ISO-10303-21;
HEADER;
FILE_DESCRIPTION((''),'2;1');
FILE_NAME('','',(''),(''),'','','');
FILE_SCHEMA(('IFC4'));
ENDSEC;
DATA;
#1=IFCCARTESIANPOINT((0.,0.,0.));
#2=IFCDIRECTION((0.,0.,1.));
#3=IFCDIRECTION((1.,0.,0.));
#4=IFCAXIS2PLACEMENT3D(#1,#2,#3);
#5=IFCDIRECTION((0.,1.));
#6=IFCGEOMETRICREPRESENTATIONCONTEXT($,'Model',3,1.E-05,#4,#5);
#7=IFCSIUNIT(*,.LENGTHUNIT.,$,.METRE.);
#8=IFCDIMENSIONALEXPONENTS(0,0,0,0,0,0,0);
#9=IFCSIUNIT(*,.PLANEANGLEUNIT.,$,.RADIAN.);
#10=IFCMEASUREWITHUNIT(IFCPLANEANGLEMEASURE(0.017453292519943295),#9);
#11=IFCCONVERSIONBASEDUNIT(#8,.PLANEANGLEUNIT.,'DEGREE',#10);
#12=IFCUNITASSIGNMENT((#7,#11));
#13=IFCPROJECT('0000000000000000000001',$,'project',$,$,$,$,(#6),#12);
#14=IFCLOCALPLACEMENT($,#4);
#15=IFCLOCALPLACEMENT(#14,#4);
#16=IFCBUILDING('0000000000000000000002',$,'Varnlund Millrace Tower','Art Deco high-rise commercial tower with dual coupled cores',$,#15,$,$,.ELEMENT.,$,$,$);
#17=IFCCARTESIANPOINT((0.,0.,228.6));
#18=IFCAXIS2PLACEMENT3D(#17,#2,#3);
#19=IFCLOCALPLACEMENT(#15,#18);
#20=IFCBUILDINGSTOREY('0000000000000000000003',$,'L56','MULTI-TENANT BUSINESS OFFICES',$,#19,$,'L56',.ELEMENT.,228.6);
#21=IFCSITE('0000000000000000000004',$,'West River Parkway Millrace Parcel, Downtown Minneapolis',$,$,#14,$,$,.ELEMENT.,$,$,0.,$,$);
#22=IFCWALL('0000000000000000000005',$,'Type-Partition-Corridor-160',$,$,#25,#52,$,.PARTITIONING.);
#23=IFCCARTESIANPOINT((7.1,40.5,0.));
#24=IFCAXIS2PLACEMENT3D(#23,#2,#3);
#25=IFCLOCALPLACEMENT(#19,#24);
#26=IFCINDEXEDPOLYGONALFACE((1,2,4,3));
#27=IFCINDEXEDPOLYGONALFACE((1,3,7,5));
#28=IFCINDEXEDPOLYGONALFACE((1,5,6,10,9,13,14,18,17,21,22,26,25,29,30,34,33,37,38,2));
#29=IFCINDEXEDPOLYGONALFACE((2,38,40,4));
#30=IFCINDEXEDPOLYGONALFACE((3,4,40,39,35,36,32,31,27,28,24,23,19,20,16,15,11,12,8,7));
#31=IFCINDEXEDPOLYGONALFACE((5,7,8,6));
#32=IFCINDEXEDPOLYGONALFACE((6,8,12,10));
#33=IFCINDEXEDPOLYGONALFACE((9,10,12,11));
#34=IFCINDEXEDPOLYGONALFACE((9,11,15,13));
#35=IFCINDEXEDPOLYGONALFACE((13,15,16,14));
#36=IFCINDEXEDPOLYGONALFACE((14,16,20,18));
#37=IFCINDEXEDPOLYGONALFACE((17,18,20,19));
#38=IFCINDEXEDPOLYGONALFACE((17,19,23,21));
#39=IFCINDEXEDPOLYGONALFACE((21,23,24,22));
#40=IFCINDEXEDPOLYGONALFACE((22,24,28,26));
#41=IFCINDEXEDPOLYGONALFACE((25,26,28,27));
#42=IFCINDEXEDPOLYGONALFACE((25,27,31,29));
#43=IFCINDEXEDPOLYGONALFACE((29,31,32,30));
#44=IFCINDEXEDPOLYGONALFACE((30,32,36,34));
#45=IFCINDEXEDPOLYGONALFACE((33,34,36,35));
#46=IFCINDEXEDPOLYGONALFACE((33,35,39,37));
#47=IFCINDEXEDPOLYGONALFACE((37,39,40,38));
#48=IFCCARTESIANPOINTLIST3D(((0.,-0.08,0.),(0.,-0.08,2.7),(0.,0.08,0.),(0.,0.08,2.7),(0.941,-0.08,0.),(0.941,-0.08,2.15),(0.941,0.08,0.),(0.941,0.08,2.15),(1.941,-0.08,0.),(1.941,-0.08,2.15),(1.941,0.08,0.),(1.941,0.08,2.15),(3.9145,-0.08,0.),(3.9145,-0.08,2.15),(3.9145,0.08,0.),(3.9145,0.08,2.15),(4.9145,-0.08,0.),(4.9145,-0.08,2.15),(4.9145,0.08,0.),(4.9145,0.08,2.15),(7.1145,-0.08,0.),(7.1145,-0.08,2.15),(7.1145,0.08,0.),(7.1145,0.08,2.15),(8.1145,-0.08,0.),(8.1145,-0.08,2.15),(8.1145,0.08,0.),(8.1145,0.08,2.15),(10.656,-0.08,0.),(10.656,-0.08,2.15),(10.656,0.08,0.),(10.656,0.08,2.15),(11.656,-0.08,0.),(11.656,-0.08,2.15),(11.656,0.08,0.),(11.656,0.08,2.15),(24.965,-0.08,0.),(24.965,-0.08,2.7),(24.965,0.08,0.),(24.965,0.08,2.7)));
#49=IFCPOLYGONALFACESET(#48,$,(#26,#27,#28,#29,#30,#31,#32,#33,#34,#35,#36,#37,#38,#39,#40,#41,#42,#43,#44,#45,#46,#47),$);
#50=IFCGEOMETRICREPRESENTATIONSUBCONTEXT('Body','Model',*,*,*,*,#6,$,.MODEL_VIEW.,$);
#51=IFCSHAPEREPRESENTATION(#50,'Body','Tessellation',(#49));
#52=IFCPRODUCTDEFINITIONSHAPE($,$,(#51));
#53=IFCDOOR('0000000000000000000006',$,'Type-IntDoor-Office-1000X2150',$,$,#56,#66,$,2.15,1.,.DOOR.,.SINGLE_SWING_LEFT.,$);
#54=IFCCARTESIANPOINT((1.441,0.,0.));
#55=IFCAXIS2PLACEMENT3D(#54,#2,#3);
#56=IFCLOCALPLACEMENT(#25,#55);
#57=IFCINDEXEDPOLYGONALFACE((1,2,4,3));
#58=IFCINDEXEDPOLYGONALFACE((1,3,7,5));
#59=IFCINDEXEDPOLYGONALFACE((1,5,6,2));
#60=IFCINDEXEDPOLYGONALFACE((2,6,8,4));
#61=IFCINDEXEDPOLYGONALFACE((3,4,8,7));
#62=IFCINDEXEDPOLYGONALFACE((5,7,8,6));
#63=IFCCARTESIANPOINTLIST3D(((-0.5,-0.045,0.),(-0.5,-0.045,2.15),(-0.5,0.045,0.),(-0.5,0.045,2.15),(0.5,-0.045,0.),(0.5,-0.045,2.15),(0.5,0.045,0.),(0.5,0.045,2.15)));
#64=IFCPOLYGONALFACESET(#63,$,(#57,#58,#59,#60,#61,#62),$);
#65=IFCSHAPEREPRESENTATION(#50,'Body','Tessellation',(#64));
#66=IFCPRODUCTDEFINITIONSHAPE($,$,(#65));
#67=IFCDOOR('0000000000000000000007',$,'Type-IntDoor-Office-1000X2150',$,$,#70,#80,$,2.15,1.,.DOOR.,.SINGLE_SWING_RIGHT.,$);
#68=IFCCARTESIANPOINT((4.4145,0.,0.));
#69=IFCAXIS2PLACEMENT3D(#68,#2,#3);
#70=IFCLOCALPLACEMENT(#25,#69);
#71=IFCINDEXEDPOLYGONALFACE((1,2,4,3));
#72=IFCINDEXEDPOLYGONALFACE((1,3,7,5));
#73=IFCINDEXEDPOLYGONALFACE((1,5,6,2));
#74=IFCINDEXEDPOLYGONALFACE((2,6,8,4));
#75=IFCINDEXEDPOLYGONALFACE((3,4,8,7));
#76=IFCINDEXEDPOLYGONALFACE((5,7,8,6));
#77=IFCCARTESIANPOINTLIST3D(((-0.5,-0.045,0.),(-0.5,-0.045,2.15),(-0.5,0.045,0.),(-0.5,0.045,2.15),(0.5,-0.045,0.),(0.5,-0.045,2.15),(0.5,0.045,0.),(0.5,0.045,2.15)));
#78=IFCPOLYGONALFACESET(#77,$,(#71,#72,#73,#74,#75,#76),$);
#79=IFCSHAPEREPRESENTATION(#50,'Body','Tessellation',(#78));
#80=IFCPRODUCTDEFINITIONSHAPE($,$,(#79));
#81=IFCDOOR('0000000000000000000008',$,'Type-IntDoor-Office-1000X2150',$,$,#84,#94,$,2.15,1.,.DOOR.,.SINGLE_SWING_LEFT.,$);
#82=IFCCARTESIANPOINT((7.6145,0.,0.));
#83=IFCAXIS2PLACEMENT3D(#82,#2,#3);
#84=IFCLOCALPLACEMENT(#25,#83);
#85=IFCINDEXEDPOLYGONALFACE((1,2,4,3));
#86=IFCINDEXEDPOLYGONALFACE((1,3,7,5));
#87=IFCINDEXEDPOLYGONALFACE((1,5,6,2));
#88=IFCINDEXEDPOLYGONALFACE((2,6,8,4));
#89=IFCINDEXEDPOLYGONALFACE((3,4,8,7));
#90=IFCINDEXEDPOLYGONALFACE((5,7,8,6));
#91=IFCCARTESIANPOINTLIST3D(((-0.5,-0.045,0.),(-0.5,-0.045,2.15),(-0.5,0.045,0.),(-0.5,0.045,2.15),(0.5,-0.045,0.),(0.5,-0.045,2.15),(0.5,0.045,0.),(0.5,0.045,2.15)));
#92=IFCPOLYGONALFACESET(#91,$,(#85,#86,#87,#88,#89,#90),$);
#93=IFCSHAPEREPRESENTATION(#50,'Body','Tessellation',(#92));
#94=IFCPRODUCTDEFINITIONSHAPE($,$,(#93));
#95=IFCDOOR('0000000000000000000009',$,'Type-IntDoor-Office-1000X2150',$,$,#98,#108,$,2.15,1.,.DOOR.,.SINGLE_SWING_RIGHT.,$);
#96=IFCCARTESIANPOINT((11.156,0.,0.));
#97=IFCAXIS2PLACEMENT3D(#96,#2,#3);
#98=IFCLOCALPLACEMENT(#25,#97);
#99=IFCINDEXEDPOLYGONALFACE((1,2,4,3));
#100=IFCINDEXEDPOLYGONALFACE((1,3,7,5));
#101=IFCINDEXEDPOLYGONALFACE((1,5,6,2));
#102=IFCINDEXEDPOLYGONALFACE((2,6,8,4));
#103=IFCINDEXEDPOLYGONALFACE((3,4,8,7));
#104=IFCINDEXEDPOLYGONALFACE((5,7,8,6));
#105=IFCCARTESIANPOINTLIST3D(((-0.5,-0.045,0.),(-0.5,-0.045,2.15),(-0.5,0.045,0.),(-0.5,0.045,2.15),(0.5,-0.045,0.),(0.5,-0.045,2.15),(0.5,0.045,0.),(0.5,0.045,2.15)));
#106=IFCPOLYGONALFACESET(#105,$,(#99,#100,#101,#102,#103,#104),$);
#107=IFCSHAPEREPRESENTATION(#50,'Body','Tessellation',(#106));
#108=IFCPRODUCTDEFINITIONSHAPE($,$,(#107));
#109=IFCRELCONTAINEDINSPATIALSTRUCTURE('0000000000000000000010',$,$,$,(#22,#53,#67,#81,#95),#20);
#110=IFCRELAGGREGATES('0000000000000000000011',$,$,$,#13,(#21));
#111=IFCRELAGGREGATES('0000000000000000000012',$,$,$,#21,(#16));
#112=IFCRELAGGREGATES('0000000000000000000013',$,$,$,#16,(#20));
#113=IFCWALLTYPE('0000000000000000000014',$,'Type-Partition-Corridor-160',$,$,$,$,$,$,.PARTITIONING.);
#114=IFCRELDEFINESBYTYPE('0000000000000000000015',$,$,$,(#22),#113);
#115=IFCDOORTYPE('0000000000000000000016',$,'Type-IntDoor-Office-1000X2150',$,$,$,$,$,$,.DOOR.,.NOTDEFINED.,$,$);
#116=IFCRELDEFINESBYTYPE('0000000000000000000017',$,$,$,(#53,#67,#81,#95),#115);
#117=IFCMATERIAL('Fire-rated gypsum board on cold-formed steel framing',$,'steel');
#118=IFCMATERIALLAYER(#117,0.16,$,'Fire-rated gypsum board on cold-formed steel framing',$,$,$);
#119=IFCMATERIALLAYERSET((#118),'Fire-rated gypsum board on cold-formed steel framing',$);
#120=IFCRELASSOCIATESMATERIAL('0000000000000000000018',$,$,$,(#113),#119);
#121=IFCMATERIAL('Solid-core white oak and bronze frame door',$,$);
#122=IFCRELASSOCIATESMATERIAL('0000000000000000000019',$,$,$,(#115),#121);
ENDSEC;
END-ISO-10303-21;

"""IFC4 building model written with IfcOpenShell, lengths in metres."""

from ifc_helpers import new_model, entity, si_unit, converted_unit, direction, frame, origin_with_axes, origin_2d_with_axis, place, context, subcontext, project, spatial, polyline, rectangle, outline, extrude, material, layer, layer_set, type_object, element, fill, save


model = new_model("IFC4")

# Units and contexts
model_context = context("Model", 3, precision=1e-05, world=origin_with_axes(), true_north=direction((0.0, 1.0)))
body_context = subcontext(model_context, "Body", "Model", "MODEL_VIEW")
ifc_project = project(units=[si_unit("LENGTHUNIT", "METRE"), converted_unit("PLANEANGLEUNIT", "DEGREE", entity("IfcPlaneAngleMeasure", 0.017453292519943295), si_unit("PLANEANGLEUNIT", "RADIAN"), dimensions=[0, 0, 0, 0, 0, 0, 0])], contexts=[model_context])

# Site, building, storey
site_placement = place(None, origin_with_axes())
site = spatial("IfcSite", under=ifc_project, at=site_placement, Name="West River Parkway Millrace Parcel, Downtown Minneapolis", CompositionType="ELEMENT", RefElevation=0.0)
building_placement = place(site_placement, origin_with_axes())
building = spatial("IfcBuilding", under=site, at=building_placement, Name="Varnlund Millrace Tower", Description="Art Deco high-rise commercial tower with dual coupled cores", CompositionType="ELEMENT")
storey_placement = place(building_placement, frame((0.0, 0.0, 228.6), z_axis=(0.0, 0.0, 1.0), x_axis=(1.0, 0.0, 0.0)))
storey = spatial("IfcBuildingStorey", under=building, at=storey_placement, Name="L56", Description="MULTI-TENANT BUSINESS OFFICES", LongName="L56", CompositionType="ELEMENT", Elevation=228.6)

# Wall, openings, doors
ifc_material_1 = material(Name="Fire-rated gypsum board on cold-formed steel framing", Category="steel")
ifc_layer_1 = layer(ifc_material_1, 0.16, Name="Fire-rated gypsum board on cold-formed steel framing")
ifc_layer_set_1 = layer_set([ifc_layer_1], Name="Fire-rated gypsum board on cold-formed steel framing")
wall_type_1 = type_object("IfcWallType", Name="Type-Partition-Corridor-160", PredefinedType="PARTITIONING", material=ifc_layer_set_1)
wall_1_placement = place(storey_placement, frame((7.1, 40.5, 0.0), z_axis=(0.0, 0.0, 1.0), x_axis=(1.0, 0.0, 0.0)))
wall_1 = element("IfcWall", 1, at=wall_1_placement, inside=storey, type_object=wall_type_1, Name="Type-Partition-Corridor-160", PredefinedType="PARTITIONING", context=body_context, shape_type="SweptSolid", body=[
    extrude(outline(polyline([(0.0, -0.08), (24.965, -0.08), (24.965, 0.08), (0.0, 0.08), (0.0, -0.08)])), origin_with_axes(), (0.0, 0.0, 1.0), 2.7),
])
opening_1_placement = place(wall_1_placement, frame((1.441, 0.0, 0.0), z_axis=(0.0, 0.0, 1.0), x_axis=(1.0, 0.0, 0.0)))
opening_1 = element("IfcOpeningElement", 2, at=opening_1_placement, cuts=wall_1, PredefinedType="OPENING", context=body_context, shape_type="SweptSolid", body=[
    extrude(rectangle(XDim=1.0, YDim=0.18, at=origin_2d_with_axis()), origin_with_axes(), (0.0, 0.0, 1.0), 2.15),
])
opening_2_placement = place(wall_1_placement, frame((4.4145, 0.0, 0.0), z_axis=(0.0, 0.0, 1.0), x_axis=(1.0, 0.0, 0.0)))
opening_2 = element("IfcOpeningElement", 3, at=opening_2_placement, cuts=wall_1, PredefinedType="OPENING", context=body_context, shape_type="SweptSolid", body=[
    extrude(rectangle(XDim=1.0, YDim=0.18, at=origin_2d_with_axis()), origin_with_axes(), (0.0, 0.0, 1.0), 2.15),
])
opening_3_placement = place(wall_1_placement, frame((7.6145, 0.0, 0.0), z_axis=(0.0, 0.0, 1.0), x_axis=(1.0, 0.0, 0.0)))
opening_3 = element("IfcOpeningElement", 4, at=opening_3_placement, cuts=wall_1, PredefinedType="OPENING", context=body_context, shape_type="SweptSolid", body=[
    extrude(rectangle(XDim=1.0, YDim=0.18, at=origin_2d_with_axis()), origin_with_axes(), (0.0, 0.0, 1.0), 2.15),
])
opening_4_placement = place(wall_1_placement, frame((11.156, 0.0, 0.0), z_axis=(0.0, 0.0, 1.0), x_axis=(1.0, 0.0, 0.0)))
opening_4 = element("IfcOpeningElement", 5, at=opening_4_placement, cuts=wall_1, PredefinedType="OPENING", context=body_context, shape_type="SweptSolid", body=[
    extrude(rectangle(XDim=1.0, YDim=0.18, at=origin_2d_with_axis()), origin_with_axes(), (0.0, 0.0, 1.0), 2.15),
])
ifc_material_2 = material(Name="Solid-core white oak and bronze frame door")
door_type_1 = type_object("IfcDoorType", Name="Type-IntDoor-Office-1000X2150", OperationType="NOTDEFINED", PredefinedType="DOOR", material=ifc_material_2)
door_1_placement = place(wall_1_placement, frame((1.441, 0.0, 0.0), z_axis=(0.0, 0.0, 1.0), x_axis=(1.0, 0.0, 0.0)))
door_1 = element("IfcDoor", 6, at=door_1_placement, inside=storey, type_object=door_type_1, Name="Type-IntDoor-Office-1000X2150", OperationType="SINGLE_SWING_LEFT", OverallHeight=2.15, OverallWidth=1.0, PredefinedType="DOOR", context=body_context, shape_type="SweptSolid", body=[
    extrude(rectangle(XDim=1.0, YDim=0.09, at=origin_2d_with_axis()), origin_with_axes(), (0.0, 0.0, 1.0), 2.15),
])
fill(opening_1, door_1)
door_2_placement = place(wall_1_placement, frame((4.4145, 0.0, 0.0), z_axis=(0.0, 0.0, 1.0), x_axis=(1.0, 0.0, 0.0)))
door_2 = element("IfcDoor", 7, at=door_2_placement, inside=storey, type_object=door_type_1, Name="Type-IntDoor-Office-1000X2150", OperationType="SINGLE_SWING_RIGHT", OverallHeight=2.15, OverallWidth=1.0, PredefinedType="DOOR", context=body_context, shape_type="SweptSolid", body=[
    extrude(rectangle(XDim=1.0, YDim=0.09, at=origin_2d_with_axis()), origin_with_axes(), (0.0, 0.0, 1.0), 2.15),
])
fill(opening_2, door_2)
door_3_placement = place(wall_1_placement, frame((7.6145, 0.0, 0.0), z_axis=(0.0, 0.0, 1.0), x_axis=(1.0, 0.0, 0.0)))
door_3 = element("IfcDoor", 8, at=door_3_placement, inside=storey, type_object=door_type_1, Name="Type-IntDoor-Office-1000X2150", OperationType="SINGLE_SWING_LEFT", OverallHeight=2.15, OverallWidth=1.0, PredefinedType="DOOR", context=body_context, shape_type="SweptSolid", body=[
    extrude(rectangle(XDim=1.0, YDim=0.09, at=origin_2d_with_axis()), origin_with_axes(), (0.0, 0.0, 1.0), 2.15),
])
fill(opening_3, door_3)
door_4_placement = place(wall_1_placement, frame((11.156, 0.0, 0.0), z_axis=(0.0, 0.0, 1.0), x_axis=(1.0, 0.0, 0.0)))
door_4 = element("IfcDoor", 9, at=door_4_placement, inside=storey, type_object=door_type_1, Name="Type-IntDoor-Office-1000X2150", OperationType="SINGLE_SWING_RIGHT", OverallHeight=2.15, OverallWidth=1.0, PredefinedType="DOOR", context=body_context, shape_type="SweptSolid", body=[
    extrude(rectangle(XDim=1.0, YDim=0.09, at=origin_2d_with_axis()), origin_with_axes(), (0.0, 0.0, 1.0), 2.15),
])
fill(opening_4, door_4)

save(model, "model.ifc")
